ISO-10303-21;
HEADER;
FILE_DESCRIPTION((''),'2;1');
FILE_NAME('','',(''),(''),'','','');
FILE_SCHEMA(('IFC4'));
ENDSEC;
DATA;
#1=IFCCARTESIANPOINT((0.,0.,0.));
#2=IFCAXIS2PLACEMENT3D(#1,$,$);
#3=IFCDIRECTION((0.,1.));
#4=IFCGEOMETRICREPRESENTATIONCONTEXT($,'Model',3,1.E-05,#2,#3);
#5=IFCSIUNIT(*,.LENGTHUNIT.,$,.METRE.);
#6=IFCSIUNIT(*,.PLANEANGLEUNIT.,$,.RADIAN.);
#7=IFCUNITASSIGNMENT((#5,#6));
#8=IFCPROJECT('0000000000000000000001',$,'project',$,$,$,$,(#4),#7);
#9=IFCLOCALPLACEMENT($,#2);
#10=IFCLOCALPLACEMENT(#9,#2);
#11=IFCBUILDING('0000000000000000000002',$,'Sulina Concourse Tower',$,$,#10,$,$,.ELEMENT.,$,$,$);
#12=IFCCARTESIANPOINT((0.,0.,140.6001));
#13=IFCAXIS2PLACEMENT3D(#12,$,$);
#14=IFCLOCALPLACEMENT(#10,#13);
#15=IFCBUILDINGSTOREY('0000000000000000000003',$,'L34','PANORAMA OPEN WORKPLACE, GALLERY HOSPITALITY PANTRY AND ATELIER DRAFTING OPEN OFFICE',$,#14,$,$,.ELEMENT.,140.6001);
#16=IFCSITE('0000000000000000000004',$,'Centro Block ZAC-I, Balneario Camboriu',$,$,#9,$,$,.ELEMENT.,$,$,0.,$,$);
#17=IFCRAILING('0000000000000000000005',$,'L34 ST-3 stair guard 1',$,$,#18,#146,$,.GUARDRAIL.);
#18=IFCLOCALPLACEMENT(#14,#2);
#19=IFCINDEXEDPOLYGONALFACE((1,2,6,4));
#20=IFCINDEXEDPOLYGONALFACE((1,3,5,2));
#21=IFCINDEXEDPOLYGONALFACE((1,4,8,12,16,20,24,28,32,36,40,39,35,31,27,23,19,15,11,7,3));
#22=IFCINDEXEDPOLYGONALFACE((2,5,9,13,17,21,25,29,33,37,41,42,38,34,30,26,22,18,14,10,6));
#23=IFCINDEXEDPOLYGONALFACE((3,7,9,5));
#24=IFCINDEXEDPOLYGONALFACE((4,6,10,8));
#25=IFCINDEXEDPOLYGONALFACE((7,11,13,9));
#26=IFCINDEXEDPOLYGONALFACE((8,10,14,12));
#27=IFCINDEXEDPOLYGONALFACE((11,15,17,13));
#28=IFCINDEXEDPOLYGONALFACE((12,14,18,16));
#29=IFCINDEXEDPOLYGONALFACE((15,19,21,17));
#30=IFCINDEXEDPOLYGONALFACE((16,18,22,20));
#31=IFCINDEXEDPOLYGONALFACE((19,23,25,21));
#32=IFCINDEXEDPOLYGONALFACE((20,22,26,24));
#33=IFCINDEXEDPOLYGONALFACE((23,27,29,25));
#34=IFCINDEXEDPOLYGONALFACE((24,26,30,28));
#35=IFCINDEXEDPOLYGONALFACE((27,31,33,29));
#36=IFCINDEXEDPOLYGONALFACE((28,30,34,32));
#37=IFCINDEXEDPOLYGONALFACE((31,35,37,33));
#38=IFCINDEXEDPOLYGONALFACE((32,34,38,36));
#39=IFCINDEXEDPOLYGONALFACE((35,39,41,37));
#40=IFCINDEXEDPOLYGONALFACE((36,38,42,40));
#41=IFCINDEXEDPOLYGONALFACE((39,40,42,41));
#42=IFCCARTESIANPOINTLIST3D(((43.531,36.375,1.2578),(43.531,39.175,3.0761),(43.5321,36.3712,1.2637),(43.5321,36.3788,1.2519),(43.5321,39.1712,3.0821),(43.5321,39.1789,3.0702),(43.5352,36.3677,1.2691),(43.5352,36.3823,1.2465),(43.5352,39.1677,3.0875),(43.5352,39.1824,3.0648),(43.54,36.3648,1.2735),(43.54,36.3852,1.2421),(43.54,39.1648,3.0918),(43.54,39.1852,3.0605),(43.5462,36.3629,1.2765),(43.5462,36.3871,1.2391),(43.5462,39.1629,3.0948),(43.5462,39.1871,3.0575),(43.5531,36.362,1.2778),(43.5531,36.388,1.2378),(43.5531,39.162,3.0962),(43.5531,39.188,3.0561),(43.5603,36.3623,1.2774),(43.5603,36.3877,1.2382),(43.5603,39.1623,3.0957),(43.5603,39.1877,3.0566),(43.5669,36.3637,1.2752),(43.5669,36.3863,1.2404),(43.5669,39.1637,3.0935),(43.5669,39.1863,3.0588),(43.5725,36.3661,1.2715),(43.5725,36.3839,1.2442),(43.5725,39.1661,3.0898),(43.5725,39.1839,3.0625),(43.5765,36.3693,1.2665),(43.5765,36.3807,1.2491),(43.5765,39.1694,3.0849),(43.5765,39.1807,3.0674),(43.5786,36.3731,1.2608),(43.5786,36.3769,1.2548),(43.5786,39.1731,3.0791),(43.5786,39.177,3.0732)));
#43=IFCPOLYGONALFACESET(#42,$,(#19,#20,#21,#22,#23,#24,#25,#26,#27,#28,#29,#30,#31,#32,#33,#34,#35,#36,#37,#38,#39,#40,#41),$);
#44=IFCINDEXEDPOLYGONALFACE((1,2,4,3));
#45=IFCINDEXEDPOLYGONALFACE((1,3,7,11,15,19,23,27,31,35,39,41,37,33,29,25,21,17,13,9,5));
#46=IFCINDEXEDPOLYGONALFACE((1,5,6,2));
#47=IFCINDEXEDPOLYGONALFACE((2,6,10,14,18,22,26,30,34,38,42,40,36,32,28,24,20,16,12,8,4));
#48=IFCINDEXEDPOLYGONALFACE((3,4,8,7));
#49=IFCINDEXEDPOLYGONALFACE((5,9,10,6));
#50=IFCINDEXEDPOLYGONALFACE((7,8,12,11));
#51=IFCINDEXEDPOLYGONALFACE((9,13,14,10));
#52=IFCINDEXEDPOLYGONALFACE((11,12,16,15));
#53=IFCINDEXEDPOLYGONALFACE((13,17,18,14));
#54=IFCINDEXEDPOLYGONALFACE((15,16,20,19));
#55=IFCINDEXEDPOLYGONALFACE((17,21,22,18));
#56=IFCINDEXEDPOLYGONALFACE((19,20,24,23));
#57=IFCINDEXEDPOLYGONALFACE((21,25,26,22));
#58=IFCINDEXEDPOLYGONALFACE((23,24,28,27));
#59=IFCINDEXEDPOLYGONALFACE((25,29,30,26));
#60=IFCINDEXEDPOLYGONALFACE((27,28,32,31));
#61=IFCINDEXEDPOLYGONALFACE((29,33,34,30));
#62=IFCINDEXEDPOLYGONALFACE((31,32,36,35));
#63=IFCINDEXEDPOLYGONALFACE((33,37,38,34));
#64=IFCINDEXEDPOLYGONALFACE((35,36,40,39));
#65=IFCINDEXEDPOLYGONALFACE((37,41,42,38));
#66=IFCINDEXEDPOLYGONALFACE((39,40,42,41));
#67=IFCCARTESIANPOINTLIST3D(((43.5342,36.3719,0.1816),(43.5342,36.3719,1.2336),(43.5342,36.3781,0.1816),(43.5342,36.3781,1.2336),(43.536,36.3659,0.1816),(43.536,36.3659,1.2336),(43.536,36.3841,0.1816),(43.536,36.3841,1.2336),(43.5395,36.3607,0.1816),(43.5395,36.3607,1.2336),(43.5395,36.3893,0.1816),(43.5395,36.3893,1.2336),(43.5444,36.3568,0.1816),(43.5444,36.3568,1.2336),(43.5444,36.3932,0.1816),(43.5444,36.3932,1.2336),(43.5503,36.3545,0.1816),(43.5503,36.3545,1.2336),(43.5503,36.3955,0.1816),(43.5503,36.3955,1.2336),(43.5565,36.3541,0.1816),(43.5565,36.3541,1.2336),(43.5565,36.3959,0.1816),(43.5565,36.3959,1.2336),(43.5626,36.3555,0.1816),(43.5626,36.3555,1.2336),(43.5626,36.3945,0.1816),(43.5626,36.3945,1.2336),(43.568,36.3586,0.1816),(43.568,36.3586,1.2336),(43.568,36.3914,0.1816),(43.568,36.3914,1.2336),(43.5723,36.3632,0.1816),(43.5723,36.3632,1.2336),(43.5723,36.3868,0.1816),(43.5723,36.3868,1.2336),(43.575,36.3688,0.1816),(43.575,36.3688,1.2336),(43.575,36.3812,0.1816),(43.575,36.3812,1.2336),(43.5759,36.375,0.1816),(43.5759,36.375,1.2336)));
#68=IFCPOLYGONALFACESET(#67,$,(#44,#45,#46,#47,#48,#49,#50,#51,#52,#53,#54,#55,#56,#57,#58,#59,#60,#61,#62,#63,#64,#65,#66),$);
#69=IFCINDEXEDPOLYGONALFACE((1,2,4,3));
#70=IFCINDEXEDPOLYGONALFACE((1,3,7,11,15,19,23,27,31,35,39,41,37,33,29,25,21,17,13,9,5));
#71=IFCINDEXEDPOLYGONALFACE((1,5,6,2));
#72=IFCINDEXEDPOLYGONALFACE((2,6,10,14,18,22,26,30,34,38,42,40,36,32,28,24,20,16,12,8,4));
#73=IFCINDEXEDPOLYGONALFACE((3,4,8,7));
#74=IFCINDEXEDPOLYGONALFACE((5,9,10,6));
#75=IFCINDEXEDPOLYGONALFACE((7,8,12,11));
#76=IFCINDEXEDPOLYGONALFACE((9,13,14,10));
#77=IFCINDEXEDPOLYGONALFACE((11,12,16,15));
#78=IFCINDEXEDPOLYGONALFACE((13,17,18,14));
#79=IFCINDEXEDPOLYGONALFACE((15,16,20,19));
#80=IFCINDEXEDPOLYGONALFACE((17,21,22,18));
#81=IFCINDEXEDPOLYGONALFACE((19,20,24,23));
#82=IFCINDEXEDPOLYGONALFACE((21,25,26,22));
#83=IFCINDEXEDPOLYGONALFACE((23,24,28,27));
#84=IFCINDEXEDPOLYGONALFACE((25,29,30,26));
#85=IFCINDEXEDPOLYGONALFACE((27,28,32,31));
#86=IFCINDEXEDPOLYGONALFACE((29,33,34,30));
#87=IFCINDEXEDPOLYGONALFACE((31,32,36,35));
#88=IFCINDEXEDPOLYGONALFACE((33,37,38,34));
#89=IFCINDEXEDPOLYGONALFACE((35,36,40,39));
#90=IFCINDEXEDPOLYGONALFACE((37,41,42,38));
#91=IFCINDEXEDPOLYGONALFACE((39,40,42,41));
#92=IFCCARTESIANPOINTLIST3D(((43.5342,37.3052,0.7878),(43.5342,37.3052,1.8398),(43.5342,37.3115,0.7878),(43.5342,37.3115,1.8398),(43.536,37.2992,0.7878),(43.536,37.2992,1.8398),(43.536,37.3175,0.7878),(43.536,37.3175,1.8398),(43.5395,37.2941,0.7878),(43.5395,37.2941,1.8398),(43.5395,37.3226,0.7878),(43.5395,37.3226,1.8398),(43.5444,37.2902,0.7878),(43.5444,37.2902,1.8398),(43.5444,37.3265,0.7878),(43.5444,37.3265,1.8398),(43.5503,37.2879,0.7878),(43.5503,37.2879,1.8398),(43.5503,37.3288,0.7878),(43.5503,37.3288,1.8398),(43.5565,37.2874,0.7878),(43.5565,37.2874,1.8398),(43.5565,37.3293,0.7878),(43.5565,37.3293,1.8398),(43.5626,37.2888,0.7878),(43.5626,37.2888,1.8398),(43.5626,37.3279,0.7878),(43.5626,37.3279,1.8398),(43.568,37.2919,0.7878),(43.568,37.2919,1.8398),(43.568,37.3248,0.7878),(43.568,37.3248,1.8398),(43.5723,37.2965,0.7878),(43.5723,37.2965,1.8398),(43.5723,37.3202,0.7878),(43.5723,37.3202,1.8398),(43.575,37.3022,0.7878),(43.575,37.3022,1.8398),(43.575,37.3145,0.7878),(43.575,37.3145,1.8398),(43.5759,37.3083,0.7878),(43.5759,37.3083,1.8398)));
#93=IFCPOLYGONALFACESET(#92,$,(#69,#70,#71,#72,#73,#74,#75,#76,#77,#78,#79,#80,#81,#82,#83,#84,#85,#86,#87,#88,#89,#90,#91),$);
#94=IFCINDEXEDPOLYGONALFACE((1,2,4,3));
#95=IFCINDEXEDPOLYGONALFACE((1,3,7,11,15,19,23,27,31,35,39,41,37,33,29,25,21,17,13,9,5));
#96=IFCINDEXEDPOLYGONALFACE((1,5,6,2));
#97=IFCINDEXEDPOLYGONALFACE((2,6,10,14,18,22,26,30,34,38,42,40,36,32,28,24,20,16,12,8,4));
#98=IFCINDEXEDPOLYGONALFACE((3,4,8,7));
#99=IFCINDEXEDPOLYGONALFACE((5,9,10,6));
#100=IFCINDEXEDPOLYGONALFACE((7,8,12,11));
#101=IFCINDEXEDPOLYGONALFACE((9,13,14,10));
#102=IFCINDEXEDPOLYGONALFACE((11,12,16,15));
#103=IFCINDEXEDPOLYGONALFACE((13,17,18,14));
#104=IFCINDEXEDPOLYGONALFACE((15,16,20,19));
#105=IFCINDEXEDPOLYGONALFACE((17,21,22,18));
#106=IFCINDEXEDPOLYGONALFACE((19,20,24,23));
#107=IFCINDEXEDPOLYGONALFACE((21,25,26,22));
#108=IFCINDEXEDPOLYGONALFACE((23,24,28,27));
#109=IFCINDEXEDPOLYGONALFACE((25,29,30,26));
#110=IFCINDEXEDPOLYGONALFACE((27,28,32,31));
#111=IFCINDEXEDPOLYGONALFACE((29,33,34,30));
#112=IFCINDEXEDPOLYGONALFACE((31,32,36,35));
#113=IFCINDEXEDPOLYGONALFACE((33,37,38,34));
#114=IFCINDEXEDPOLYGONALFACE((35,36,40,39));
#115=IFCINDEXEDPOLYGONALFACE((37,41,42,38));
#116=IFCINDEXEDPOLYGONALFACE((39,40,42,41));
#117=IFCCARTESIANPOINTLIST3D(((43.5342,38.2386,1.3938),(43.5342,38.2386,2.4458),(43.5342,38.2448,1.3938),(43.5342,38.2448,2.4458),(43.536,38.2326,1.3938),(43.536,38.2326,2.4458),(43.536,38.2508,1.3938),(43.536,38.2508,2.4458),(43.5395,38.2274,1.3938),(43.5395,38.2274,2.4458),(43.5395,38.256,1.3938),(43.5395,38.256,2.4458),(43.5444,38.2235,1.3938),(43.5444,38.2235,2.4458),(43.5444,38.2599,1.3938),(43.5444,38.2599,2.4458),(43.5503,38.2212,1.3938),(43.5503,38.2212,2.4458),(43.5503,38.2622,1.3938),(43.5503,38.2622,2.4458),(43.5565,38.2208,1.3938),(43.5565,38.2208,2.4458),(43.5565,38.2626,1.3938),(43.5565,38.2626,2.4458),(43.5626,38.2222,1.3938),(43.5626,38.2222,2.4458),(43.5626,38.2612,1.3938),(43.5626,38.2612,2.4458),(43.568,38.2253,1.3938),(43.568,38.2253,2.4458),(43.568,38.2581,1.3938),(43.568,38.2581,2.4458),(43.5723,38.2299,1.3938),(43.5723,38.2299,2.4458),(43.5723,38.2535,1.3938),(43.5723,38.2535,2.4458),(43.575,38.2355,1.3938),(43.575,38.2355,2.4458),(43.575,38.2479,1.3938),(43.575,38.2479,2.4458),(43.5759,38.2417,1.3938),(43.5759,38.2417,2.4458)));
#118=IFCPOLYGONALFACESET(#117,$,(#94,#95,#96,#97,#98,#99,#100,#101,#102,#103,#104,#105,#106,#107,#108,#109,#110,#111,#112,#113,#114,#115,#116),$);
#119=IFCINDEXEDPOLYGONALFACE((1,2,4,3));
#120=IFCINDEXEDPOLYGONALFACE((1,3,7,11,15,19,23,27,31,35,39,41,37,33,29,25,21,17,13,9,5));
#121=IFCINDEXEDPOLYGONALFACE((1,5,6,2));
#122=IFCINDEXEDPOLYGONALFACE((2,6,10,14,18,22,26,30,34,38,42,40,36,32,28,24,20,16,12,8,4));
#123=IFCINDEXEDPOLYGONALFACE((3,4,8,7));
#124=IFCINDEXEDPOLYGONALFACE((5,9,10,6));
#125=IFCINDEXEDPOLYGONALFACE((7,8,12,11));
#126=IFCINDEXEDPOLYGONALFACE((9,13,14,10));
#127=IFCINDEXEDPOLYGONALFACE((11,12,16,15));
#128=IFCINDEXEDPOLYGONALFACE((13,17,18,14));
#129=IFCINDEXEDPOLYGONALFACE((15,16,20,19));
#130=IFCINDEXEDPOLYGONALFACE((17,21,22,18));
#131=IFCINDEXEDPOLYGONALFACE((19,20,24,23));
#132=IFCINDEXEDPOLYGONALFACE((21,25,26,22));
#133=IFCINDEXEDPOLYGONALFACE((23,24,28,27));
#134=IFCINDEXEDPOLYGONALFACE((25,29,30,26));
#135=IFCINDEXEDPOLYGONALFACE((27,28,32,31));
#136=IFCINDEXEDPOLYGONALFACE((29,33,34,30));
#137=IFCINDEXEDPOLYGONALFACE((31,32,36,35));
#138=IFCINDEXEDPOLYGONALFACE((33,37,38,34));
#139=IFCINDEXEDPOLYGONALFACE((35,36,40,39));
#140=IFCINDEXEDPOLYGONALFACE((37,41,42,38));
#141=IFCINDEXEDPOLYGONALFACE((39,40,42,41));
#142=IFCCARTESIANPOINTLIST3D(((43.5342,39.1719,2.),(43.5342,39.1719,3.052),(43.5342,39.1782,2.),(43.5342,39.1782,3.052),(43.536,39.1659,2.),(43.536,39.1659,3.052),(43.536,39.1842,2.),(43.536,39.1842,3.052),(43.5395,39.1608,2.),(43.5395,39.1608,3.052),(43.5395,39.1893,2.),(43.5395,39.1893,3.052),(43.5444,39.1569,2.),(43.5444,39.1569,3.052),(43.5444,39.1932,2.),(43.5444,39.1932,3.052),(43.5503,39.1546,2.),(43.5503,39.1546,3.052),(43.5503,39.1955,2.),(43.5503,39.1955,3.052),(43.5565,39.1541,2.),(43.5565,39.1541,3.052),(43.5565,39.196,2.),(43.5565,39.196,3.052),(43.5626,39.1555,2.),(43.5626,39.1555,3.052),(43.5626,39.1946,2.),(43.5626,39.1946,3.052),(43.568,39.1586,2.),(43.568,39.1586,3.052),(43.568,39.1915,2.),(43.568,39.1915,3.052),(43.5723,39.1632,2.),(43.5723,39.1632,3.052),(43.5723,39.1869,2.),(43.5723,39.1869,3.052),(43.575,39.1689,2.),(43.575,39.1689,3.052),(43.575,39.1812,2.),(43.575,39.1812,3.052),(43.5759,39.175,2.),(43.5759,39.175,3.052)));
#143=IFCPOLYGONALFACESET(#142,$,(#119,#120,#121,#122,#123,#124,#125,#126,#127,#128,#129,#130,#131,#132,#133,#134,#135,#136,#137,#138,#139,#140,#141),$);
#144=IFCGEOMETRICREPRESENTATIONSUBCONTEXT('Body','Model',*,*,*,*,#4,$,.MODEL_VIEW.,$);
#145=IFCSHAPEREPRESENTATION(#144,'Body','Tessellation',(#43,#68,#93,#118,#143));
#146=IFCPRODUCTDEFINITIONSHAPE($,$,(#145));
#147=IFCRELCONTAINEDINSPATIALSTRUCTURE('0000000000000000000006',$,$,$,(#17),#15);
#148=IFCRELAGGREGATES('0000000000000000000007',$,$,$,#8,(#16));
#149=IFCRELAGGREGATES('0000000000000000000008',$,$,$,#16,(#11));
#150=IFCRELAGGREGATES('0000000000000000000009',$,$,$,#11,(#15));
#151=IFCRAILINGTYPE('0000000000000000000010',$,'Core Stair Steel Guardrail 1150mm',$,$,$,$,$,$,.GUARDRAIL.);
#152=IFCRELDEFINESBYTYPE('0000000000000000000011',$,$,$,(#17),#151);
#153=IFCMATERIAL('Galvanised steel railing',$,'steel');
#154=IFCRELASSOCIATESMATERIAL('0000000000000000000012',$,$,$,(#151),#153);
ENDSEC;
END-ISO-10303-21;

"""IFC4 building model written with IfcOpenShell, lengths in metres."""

from ifc_helpers import new_model, si_unit, direction, frame, origin, origin_2d, place, context, subcontext, project, spatial, circle, extrude, material, type_object, element, save


model = new_model("IFC4")

# Units and contexts
model_context = context("Model", 3, precision=1e-05, world=origin(), true_north=direction((0.0, 1.0)))
body_context = subcontext(model_context, "Body", "Model", "MODEL_VIEW")
ifc_project = project(units=[si_unit("LENGTHUNIT", "METRE"), si_unit("PLANEANGLEUNIT", "RADIAN")], contexts=[model_context])

# Site, building, storey
site_placement = place(None, origin())
site = spatial("IfcSite", under=ifc_project, at=site_placement, Name="Centro Block ZAC-I, Balneario Camboriu", CompositionType="ELEMENT", RefElevation=0.0)
building_placement = place(site_placement, origin())
building = spatial("IfcBuilding", under=site, at=building_placement, Name="Sulina Concourse Tower", CompositionType="ELEMENT")
storey_placement = place(building_placement, frame((0.0, 0.0, 140.6001)))
storey = spatial("IfcBuildingStorey", under=building, at=storey_placement, Name="L34", Description="PANORAMA OPEN WORKPLACE, GALLERY HOSPITALITY PANTRY AND ATELIER DRAFTING OPEN OFFICE", CompositionType="ELEMENT", Elevation=140.6001)

# Railing
ifc_material_1 = material(Name="Galvanised steel railing", Category="steel")
railing_type_1 = type_object("IfcRailingType", Name="Core Stair Steel Guardrail 1150mm", PredefinedType="GUARDRAIL", material=ifc_material_1)
railing_1_placement = place(storey_placement, frame((43.5549, 36.375, 0.1816)))
element("IfcRailing", 1, at=railing_1_placement, inside=storey, type_object=railing_type_1, Name="L34 ST-3 stair guard 1", PredefinedType="GUARDRAIL", context=body_context, shape_type="SweptSolid", body=[
    extrude(circle(Radius=0.0239, at=origin_2d()), frame((0.0, 0.0, 1.0762), z_axis=(0.0, 0.838672, 0.544636), x_axis=(-1.0, 0.0, 0.0)), (0.0, 0.0, 1.0), 3.3386),
    extrude(circle(Radius=0.021, at=origin_2d()), origin(), (0.0, 0.0, 1.0), 1.052),
    extrude(circle(Radius=0.021, at=origin_2d()), frame((0.0, 0.9333, 0.6062)), (0.0, 0.0, 1.0), 1.052),
    extrude(circle(Radius=0.021, at=origin_2d()), frame((0.0, 1.8667, 1.2122)), (0.0, 0.0, 1.0), 1.052),
    extrude(circle(Radius=0.021, at=origin_2d()), frame((0.0, 2.8, 1.8184)), (0.0, 0.0, 1.0), 1.052),
])

save(model, "model.ifc")
